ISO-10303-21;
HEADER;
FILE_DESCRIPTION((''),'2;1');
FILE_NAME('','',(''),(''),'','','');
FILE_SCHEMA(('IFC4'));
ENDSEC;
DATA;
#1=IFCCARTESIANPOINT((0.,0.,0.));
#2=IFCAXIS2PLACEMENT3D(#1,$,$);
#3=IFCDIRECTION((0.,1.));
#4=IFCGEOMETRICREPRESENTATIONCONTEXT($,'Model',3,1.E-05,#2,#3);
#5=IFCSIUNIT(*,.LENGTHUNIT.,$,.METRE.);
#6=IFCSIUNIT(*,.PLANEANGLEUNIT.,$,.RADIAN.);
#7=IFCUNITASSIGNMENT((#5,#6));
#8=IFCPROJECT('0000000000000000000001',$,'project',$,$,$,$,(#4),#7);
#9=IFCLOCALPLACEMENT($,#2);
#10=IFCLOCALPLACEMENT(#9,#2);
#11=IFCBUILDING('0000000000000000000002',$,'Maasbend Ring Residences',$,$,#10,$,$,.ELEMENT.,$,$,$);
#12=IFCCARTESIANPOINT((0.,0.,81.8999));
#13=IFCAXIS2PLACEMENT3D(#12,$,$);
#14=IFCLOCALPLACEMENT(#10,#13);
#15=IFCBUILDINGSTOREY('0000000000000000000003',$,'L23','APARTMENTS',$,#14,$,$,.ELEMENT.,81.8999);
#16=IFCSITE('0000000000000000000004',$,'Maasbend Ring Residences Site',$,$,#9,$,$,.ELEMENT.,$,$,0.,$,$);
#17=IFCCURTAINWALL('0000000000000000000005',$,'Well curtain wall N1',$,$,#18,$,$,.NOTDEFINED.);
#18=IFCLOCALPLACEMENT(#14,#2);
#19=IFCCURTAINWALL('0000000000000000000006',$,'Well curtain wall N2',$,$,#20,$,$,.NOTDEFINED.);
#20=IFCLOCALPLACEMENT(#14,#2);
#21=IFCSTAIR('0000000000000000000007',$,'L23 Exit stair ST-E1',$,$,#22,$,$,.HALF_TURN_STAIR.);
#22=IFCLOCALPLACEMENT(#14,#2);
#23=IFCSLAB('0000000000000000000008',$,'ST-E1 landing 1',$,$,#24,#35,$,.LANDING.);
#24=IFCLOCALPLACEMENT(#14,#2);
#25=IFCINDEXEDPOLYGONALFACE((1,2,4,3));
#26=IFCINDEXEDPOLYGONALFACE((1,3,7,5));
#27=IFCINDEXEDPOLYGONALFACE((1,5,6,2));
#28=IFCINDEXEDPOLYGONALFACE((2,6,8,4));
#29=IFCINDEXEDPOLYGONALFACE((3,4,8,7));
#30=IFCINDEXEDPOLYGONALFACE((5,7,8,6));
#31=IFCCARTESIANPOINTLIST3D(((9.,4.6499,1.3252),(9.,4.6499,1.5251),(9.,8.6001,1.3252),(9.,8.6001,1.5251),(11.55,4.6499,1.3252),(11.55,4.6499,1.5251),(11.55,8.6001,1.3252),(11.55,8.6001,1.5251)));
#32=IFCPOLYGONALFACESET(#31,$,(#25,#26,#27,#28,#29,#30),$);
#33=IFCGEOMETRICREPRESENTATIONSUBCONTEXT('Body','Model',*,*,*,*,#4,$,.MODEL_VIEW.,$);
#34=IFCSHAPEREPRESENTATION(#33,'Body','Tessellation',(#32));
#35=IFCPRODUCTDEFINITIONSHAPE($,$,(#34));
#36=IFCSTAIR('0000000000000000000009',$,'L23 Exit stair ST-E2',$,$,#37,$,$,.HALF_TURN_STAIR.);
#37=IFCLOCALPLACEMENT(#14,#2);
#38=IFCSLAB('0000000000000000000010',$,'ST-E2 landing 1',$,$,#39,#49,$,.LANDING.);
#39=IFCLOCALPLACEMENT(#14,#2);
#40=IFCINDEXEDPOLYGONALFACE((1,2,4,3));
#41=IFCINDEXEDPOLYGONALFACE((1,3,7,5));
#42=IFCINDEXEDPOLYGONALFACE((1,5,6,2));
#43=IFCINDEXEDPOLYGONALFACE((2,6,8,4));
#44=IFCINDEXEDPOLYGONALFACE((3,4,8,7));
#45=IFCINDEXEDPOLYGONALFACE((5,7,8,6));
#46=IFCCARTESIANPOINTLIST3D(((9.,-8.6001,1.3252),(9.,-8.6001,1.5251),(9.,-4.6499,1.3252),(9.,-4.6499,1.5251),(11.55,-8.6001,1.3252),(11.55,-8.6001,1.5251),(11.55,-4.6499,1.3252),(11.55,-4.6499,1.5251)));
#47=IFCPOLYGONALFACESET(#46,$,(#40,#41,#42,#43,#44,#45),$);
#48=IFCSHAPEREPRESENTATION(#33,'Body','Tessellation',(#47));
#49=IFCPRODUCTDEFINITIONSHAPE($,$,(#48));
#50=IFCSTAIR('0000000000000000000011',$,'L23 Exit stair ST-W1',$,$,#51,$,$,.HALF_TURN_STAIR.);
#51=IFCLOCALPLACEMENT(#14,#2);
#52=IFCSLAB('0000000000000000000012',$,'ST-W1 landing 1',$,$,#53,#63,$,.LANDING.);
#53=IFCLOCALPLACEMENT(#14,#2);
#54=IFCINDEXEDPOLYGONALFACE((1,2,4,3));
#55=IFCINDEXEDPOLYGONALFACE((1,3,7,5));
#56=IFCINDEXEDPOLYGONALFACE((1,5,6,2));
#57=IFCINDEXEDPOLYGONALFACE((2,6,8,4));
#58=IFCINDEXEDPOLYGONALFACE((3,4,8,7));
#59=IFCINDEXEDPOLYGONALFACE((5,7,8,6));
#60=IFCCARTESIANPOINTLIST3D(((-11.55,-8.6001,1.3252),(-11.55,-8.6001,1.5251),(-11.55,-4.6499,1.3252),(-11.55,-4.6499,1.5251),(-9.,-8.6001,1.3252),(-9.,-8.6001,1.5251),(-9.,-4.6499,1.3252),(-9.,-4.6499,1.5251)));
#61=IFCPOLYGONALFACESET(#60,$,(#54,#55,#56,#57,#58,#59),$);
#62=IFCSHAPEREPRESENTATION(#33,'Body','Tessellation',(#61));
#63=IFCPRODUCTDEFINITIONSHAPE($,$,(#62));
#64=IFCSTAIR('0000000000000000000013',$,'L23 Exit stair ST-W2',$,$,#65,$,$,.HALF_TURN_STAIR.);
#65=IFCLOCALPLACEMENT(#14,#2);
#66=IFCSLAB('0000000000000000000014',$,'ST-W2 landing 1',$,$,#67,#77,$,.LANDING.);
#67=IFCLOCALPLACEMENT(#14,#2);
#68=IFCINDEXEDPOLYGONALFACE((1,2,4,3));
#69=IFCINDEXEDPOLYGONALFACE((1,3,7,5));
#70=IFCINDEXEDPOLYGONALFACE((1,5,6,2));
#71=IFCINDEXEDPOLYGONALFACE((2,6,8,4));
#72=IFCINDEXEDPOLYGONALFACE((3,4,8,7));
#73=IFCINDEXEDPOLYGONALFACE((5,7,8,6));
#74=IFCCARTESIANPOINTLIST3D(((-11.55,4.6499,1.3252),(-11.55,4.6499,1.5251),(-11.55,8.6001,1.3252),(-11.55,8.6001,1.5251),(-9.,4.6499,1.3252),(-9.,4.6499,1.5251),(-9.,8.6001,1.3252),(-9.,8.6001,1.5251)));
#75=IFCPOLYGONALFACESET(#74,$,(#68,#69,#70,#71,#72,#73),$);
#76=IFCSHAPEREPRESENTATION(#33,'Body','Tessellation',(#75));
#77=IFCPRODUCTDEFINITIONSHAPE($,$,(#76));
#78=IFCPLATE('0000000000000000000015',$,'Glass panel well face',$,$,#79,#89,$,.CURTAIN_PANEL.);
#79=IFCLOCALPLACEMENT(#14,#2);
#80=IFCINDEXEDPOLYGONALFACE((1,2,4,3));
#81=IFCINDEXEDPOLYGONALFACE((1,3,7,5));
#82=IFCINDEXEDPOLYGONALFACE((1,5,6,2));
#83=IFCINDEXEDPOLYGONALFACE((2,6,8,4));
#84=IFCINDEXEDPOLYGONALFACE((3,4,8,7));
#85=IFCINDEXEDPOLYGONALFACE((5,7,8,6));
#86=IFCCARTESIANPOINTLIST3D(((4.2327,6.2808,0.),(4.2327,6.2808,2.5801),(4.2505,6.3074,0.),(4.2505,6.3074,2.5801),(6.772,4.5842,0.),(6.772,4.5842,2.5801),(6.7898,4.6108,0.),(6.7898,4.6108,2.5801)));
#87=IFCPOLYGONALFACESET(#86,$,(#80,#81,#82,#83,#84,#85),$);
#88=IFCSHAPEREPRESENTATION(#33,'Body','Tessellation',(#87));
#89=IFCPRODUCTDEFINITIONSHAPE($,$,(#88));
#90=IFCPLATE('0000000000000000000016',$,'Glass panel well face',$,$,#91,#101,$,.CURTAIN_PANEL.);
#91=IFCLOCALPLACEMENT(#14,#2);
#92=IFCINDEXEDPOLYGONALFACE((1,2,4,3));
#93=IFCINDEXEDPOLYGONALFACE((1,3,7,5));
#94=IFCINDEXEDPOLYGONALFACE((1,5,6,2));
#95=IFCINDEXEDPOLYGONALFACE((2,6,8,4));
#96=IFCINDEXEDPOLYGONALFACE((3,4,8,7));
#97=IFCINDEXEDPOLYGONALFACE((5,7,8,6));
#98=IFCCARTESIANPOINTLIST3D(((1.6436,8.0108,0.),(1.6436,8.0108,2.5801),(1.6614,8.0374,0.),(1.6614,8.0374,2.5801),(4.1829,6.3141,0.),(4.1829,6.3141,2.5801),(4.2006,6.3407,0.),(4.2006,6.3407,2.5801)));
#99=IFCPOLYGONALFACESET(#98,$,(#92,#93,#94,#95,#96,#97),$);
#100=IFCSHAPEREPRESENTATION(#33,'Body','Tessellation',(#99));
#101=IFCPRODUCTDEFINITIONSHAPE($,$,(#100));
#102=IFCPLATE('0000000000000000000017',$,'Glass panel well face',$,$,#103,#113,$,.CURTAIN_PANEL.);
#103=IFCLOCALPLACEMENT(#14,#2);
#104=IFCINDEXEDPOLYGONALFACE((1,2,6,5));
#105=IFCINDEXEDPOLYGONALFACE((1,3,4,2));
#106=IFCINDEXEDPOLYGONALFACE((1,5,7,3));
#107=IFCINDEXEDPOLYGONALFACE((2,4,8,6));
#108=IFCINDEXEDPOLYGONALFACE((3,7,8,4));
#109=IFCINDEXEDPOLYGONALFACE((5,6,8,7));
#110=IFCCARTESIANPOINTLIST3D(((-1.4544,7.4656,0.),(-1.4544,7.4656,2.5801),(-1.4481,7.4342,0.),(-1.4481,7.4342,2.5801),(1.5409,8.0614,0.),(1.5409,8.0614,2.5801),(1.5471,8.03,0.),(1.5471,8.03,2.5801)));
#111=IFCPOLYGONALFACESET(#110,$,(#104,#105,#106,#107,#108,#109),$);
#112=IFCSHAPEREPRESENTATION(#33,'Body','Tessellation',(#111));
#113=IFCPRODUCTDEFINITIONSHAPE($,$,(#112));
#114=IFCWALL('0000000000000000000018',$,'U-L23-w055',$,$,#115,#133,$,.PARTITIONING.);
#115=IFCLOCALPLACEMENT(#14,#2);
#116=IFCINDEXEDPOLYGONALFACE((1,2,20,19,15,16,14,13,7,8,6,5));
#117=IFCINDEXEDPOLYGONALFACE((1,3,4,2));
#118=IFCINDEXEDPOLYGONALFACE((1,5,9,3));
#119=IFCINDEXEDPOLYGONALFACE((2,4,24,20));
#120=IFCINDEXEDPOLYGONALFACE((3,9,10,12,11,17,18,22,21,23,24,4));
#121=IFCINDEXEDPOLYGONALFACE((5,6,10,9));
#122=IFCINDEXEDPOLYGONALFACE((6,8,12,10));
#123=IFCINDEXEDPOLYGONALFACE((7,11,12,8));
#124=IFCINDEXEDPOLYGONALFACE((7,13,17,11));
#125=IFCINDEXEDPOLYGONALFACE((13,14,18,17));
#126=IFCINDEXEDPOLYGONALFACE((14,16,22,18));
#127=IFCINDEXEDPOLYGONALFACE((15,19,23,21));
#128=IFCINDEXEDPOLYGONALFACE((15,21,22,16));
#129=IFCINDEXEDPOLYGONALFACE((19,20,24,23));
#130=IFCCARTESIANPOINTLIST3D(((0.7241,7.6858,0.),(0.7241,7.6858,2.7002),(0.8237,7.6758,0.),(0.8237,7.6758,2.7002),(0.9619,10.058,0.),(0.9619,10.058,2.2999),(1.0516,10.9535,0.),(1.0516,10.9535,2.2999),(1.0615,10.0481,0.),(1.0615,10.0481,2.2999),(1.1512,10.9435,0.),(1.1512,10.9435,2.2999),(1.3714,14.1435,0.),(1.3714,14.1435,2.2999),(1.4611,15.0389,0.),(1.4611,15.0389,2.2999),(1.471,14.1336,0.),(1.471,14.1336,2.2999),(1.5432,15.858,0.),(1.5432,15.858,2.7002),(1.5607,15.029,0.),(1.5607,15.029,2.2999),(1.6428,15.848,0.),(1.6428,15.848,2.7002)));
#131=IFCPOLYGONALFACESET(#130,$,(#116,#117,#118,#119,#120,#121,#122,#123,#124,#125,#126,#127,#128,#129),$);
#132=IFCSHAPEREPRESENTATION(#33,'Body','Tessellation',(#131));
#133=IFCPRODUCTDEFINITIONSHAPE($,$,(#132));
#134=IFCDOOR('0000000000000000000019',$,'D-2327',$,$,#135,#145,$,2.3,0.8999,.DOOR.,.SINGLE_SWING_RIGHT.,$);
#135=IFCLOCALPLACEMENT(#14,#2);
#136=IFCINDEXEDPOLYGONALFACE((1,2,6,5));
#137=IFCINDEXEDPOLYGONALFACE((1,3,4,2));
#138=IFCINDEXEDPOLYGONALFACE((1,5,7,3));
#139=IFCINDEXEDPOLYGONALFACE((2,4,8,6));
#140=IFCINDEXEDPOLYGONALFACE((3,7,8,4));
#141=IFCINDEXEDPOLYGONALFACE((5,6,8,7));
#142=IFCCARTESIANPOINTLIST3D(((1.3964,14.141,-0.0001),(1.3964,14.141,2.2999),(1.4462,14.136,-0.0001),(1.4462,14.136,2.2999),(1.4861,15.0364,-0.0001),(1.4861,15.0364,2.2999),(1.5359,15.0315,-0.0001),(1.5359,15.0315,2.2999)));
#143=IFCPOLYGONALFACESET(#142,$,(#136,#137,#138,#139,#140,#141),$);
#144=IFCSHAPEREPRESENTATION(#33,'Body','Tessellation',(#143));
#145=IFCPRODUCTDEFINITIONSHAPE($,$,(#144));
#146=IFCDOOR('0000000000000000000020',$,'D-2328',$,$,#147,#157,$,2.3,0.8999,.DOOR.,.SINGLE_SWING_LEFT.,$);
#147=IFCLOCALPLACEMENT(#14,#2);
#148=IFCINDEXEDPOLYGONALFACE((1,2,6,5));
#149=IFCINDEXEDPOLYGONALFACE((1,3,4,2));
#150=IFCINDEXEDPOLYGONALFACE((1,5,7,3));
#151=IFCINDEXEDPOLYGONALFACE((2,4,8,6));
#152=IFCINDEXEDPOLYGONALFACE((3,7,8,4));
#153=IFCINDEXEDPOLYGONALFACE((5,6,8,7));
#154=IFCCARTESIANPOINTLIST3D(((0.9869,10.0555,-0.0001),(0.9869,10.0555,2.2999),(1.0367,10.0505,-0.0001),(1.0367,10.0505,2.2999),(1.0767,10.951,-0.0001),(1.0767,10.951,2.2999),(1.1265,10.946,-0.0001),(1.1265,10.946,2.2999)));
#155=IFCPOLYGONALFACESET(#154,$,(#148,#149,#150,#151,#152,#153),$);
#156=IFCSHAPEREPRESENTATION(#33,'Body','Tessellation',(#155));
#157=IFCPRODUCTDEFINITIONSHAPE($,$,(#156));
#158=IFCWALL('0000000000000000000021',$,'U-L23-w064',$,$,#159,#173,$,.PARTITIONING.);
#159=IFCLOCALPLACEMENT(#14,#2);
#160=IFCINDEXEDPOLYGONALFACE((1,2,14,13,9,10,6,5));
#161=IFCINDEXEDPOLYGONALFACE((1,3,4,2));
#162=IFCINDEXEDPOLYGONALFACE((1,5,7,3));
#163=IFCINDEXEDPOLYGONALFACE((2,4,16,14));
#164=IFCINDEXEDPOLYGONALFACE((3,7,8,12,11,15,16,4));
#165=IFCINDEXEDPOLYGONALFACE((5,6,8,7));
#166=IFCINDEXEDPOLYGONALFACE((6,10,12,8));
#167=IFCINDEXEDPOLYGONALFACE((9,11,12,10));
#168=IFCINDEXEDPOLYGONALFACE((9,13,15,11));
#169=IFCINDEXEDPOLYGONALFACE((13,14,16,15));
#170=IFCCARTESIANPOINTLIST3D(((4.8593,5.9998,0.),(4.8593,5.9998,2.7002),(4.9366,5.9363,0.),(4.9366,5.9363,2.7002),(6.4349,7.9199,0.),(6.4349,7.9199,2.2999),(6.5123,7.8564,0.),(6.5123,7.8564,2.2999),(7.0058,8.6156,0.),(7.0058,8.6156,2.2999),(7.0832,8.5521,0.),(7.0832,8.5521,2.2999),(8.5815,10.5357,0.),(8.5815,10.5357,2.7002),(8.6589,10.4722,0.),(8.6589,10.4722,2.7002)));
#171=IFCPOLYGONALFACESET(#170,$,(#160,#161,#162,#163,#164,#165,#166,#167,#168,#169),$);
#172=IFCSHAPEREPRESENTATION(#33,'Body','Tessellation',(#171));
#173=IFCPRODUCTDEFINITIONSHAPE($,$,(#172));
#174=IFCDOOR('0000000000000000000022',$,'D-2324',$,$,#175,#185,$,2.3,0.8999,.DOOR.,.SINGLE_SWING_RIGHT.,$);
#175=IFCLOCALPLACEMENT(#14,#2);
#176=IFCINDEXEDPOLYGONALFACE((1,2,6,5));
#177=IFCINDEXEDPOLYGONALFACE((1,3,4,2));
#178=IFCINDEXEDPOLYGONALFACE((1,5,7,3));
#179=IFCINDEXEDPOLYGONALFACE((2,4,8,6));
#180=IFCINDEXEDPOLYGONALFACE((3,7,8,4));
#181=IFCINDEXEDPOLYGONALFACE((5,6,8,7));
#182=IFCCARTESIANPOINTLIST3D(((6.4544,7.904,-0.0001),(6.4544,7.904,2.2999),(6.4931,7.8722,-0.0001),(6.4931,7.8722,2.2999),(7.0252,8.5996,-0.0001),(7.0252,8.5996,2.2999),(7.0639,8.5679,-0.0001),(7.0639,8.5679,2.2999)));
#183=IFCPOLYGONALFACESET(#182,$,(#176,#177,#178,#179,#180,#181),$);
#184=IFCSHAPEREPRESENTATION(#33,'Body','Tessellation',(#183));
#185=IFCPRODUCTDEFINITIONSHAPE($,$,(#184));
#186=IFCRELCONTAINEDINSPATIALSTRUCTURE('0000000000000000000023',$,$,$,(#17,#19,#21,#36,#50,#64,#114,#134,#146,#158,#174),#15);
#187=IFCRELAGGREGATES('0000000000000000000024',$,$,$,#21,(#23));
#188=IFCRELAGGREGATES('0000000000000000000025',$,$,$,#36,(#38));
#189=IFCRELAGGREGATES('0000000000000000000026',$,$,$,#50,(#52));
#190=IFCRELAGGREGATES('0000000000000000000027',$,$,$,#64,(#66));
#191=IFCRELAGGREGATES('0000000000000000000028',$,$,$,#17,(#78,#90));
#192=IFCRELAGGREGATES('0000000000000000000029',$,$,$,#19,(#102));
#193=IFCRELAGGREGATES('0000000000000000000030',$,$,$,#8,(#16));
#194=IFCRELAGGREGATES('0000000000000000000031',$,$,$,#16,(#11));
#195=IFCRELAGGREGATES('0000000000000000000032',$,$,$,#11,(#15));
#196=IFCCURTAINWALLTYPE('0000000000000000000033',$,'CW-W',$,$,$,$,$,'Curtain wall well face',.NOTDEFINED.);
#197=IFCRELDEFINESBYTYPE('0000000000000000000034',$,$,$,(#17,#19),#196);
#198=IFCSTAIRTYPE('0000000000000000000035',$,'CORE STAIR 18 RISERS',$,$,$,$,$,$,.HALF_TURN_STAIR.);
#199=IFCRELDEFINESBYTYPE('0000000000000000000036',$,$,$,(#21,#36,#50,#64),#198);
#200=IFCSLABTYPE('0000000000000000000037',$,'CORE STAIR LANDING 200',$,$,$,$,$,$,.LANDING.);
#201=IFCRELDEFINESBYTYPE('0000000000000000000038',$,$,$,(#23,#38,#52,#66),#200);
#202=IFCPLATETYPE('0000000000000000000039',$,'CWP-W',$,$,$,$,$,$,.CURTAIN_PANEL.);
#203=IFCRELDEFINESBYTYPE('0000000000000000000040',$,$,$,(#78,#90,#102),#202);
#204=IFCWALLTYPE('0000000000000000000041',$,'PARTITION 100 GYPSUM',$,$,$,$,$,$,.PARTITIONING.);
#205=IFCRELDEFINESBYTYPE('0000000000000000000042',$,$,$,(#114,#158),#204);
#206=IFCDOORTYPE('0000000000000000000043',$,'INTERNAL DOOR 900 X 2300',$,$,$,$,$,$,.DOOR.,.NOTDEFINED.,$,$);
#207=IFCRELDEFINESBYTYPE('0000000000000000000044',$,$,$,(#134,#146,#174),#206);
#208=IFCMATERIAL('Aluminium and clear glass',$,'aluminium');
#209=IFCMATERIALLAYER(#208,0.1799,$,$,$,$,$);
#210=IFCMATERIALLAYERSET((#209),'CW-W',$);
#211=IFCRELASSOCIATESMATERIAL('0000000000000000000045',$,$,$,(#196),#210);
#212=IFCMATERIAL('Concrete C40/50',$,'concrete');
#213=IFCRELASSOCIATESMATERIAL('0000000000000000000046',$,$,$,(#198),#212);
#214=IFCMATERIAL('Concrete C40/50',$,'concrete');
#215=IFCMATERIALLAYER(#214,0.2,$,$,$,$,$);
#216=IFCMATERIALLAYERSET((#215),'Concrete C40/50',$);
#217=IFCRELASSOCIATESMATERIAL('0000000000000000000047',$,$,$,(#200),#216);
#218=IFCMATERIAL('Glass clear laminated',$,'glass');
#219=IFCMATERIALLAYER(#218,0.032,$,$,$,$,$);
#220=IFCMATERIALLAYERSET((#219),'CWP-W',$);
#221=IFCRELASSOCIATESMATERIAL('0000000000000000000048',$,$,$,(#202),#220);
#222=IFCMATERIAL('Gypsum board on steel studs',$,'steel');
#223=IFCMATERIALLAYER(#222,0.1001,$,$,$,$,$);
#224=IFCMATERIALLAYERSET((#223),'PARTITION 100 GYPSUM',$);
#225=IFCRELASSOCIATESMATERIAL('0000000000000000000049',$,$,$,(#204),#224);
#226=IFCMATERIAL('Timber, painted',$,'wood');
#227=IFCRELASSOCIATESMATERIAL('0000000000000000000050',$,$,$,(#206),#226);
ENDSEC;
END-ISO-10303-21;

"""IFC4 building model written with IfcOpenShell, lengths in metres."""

from ifc_helpers import new_model, si_unit, direction, frame, frame_2d, origin, origin_2d, place, context, subcontext, project, spatial, polyline, rectangle, outline, extrude, material, layer, layer_set, type_object, element, fill, aggregate, save


model = new_model("IFC4")

# Units and contexts
model_context = context("Model", 3, precision=1e-05, world=origin(), true_north=direction((0.0, 1.0)))
body_context = subcontext(model_context, "Body", "Model", "MODEL_VIEW")
ifc_project = project(units=[si_unit("LENGTHUNIT", "METRE"), si_unit("PLANEANGLEUNIT", "RADIAN")], contexts=[model_context])

# Site, building, storey
site_placement = place(None, origin())
site = spatial("IfcSite", under=ifc_project, at=site_placement, Name="Maasbend Ring Residences Site", CompositionType="ELEMENT", RefElevation=0.0)
building_placement = place(site_placement, origin())
building = spatial("IfcBuilding", under=site, at=building_placement, Name="Maasbend Ring Residences", CompositionType="ELEMENT")
storey_placement = place(building_placement, frame((0.0, 0.0, 81.8999)))
storey = spatial("IfcBuildingStorey", under=building, at=storey_placement, Name="L23", Description="APARTMENTS", CompositionType="ELEMENT", Elevation=81.8999)

# Curtain wall
ifc_material_1 = material(Name="Aluminium and clear glass", Category="aluminium")
ifc_layer_1 = layer(ifc_material_1, 0.1799)
ifc_layer_set_1 = layer_set([ifc_layer_1], Name="CW-W")
curtain_wall_type = type_object("IfcCurtainWallType", Name="CW-W", ElementType="Curtain wall well face", PredefinedType="NOTDEFINED", material=ifc_layer_set_1)
curtain_wall_1_placement = place(storey_placement, origin())
curtain_wall_1 = element("IfcCurtainWall", 1, at=curtain_wall_1_placement, inside=storey, type_object=curtain_wall_type, Name="Well curtain wall N1", PredefinedType="NOTDEFINED")

# Curtain wall
curtain_wall_2_placement = place(storey_placement, origin())
curtain_wall_2 = element("IfcCurtainWall", 2, at=curtain_wall_2_placement, inside=storey, type_object=curtain_wall_type, Name="Well curtain wall N2", PredefinedType="NOTDEFINED")

# Stairs, slabs
ifc_material_2 = material(Name="Concrete C40/50", Category="concrete")
stair_type = type_object("IfcStairType", Name="CORE STAIR 18 RISERS", PredefinedType="HALF_TURN_STAIR", material=ifc_material_2)
stair_1_placement = place(storey_placement, origin())
stair_1 = element("IfcStair", 3, at=stair_1_placement, inside=storey, type_object=stair_type, Name="L23 Exit stair ST-E1", PredefinedType="HALF_TURN_STAIR")
ifc_material_3 = material(Name="Concrete C40/50", Category="concrete")
ifc_layer_2 = layer(ifc_material_3, 0.2)
ifc_layer_set_2 = layer_set([ifc_layer_2], Name="Concrete C40/50")
slab_type = type_object("IfcSlabType", Name="CORE STAIR LANDING 200", PredefinedType="LANDING", material=ifc_layer_set_2)
slab_1_placement = place(storey_placement, frame((0.0, 0.0, 1.3252)))
slab_1 = element("IfcSlab", 4, at=slab_1_placement, type_object=slab_type, Name="ST-E1 landing 1", PredefinedType="LANDING", context=body_context, shape_type="SweptSolid", body=[
    extrude(outline(polyline([(11.55, 8.6001), (9.0, 8.6001), (9.0, 4.6499), (11.55, 4.6499), (11.55, 8.6001)])), origin(), (0.0, 0.0, 1.0), 0.2),
])
aggregate(stair_1, [slab_1])
stair_2_placement = place(storey_placement, origin())
stair_2 = element("IfcStair", 5, at=stair_2_placement, inside=storey, type_object=stair_type, Name="L23 Exit stair ST-E2", PredefinedType="HALF_TURN_STAIR")
slab_2_placement = place(storey_placement, frame((0.0, 0.0, 1.3252)))
slab_2 = element("IfcSlab", 6, at=slab_2_placement, type_object=slab_type, Name="ST-E2 landing 1", PredefinedType="LANDING", context=body_context, shape_type="SweptSolid", body=[
    extrude(outline(polyline([(11.55, -4.6499), (9.0, -4.6499), (9.0, -8.6001), (11.55, -8.6001), (11.55, -4.6499)])), origin(), (0.0, 0.0, 1.0), 0.2),
])
aggregate(stair_2, [slab_2])
stair_3_placement = place(storey_placement, origin())
stair_3 = element("IfcStair", 7, at=stair_3_placement, inside=storey, type_object=stair_type, Name="L23 Exit stair ST-W1", PredefinedType="HALF_TURN_STAIR")
slab_3_placement = place(storey_placement, frame((0.0, 0.0, 1.3252)))
slab_3 = element("IfcSlab", 8, at=slab_3_placement, type_object=slab_type, Name="ST-W1 landing 1", PredefinedType="LANDING", context=body_context, shape_type="SweptSolid", body=[
    extrude(outline(polyline([(-11.55, -8.6001), (-9.0, -8.6001), (-9.0, -4.6499), (-11.55, -4.6499), (-11.55, -8.6001)])), origin(), (0.0, 0.0, 1.0), 0.2),
])
aggregate(stair_3, [slab_3])
stair_4_placement = place(storey_placement, origin())
stair_4 = element("IfcStair", 9, at=stair_4_placement, inside=storey, type_object=stair_type, Name="L23 Exit stair ST-W2", PredefinedType="HALF_TURN_STAIR")
slab_4_placement = place(storey_placement, frame((0.0, 0.0, 1.3252)))
slab_4 = element("IfcSlab", 10, at=slab_4_placement, type_object=slab_type, Name="ST-W2 landing 1", PredefinedType="LANDING", context=body_context, shape_type="SweptSolid", body=[
    extrude(outline(polyline([(-11.55, 4.6499), (-9.0, 4.6499), (-9.0, 8.6001), (-11.55, 8.6001), (-11.55, 4.6499)])), origin(), (0.0, 0.0, 1.0), 0.2),
])
aggregate(stair_4, [slab_4])

# Plates
ifc_material_4 = material(Name="Glass clear laminated", Category="glass")
ifc_layer_3 = layer(ifc_material_4, 0.032)
ifc_layer_set_3 = layer_set([ifc_layer_3], Name="CWP-W")
plate_type = type_object("IfcPlateType", Name="CWP-W", PredefinedType="CURTAIN_PANEL", material=ifc_layer_set_3)
plate_1_placement = place(storey_placement, frame((5.5112, 5.4458, 0.0), z_axis=(0.0, 0.0, 1.0), x_axis=(-0.83147, 0.55557, 0.0)))
plate_1 = element("IfcPlate", 11, at=plate_1_placement, type_object=plate_type, Name="Glass panel well face", PredefinedType="CURTAIN_PANEL", context=body_context, shape_type="SweptSolid", body=[
    extrude(rectangle(XDim=3.054, YDim=0.032, at=origin_2d()), origin(), (0.0, 0.0, 1.0), 2.5801),
])
plate_2_placement = place(storey_placement, frame((2.9221, 7.1758, 0.0), z_axis=(0.0, 0.0, 1.0), x_axis=(-0.83147, 0.55557, 0.0)))
plate_2 = element("IfcPlate", 12, at=plate_2_placement, type_object=plate_type, Name="Glass panel well face", PredefinedType="CURTAIN_PANEL", context=body_context, shape_type="SweptSolid", body=[
    extrude(rectangle(XDim=3.054, YDim=0.032, at=origin_2d()), origin(), (0.0, 0.0, 1.0), 2.5801),
])
aggregate(curtain_wall_1, [plate_1, plate_2])
plate_3_placement = place(storey_placement, frame((0.0464, 7.7478, 0.0), z_axis=(0.0, 0.0, 1.0), x_axis=(-0.980785, -0.19509, 0.0)))
plate_3 = element("IfcPlate", 13, at=plate_3_placement, type_object=plate_type, Name="Glass panel well face", PredefinedType="CURTAIN_PANEL", context=body_context, shape_type="SweptSolid", body=[
    extrude(rectangle(XDim=3.054, YDim=0.032, at=origin_2d()), origin(), (0.0, 0.0, 1.0), 2.5801),
])
aggregate(curtain_wall_2, [plate_3])

# Wall, openings, doors
ifc_material_5 = material(Name="Gypsum board on steel studs", Category="steel")
ifc_layer_4 = layer(ifc_material_5, 0.1001)
ifc_layer_set_4 = layer_set([ifc_layer_4], Name="PARTITION 100 GYPSUM")
wall_type_1 = type_object("IfcWallType", Name="PARTITION 100 GYPSUM", PredefinedType="PARTITIONING", material=ifc_layer_set_4)
wall_1_placement = place(storey_placement, frame((0.7739, 7.6809, 0.0), z_axis=(0.0, 0.0, 1.0), x_axis=(0.09973, 0.995015, 0.0)))
wall_1 = element("IfcWall", 14, at=wall_1_placement, inside=storey, type_object=wall_type_1, Name="U-L23-w055", PredefinedType="PARTITIONING", context=body_context, shape_type="SweptSolid", body=[
    extrude(rectangle(XDim=8.2131, YDim=0.1001, at=frame_2d((4.1064, 0.0))), origin(), (0.0, 0.0, 1.0), 2.7002),
])
opening_1_placement = place(wall_1_placement, frame((6.49, 0.0, 0.0)))
opening_1 = element("IfcOpeningElement", 15, at=opening_1_placement, cuts=wall_1, PredefinedType="OPENING", context=body_context, shape_type="SweptSolid", body=[
    extrude(rectangle(XDim=0.8999, YDim=2.3, at=frame_2d((0.45, 1.1499))), frame((0.0, 0.0601, 0.0), z_axis=(0.0, -1.0, 0.0), x_axis=(1.0, 0.0, 0.0)), (0.0, 0.0, 1.0), 0.1201),
])
opening_2_placement = place(wall_1_placement, frame((2.384, 0.0, 0.0)))
opening_2 = element("IfcOpeningElement", 16, at=opening_2_placement, cuts=wall_1, PredefinedType="OPENING", context=body_context, shape_type="SweptSolid", body=[
    extrude(rectangle(XDim=0.8999, YDim=2.3, at=frame_2d((0.45, 1.1499))), frame((0.0, 0.0601, 0.0), z_axis=(0.0, -1.0, 0.0), x_axis=(1.0, 0.0, 0.0)), (0.0, 0.0, 1.0), 0.1201),
])
ifc_material_6 = material(Name="Timber, painted", Category="wood")
door_type = type_object("IfcDoorType", Name="INTERNAL DOOR 900 X 2300", OperationType="NOTDEFINED", PredefinedType="DOOR", material=ifc_material_6)
door_1_placement = place(opening_1_placement, origin())
door_1 = element("IfcDoor", 17, at=door_1_placement, inside=storey, type_object=door_type, Name="D-2327", OperationType="SINGLE_SWING_RIGHT", OverallHeight=2.3, OverallWidth=0.8999, PredefinedType="DOOR", context=body_context, shape_type="SweptSolid", body=[
    extrude(rectangle(XDim=0.8999, YDim=2.3, at=frame_2d((0.45, 1.1499))), frame((0.0, 0.0249, 0.0), z_axis=(0.0, -1.0, 0.0), x_axis=(1.0, 0.0, 0.0)), (0.0, 0.0, 1.0), 0.05),
])
fill(opening_1, door_1)
door_2_placement = place(opening_2_placement, origin())
door_2 = element("IfcDoor", 18, at=door_2_placement, inside=storey, type_object=door_type, Name="D-2328", OperationType="SINGLE_SWING_LEFT", OverallHeight=2.3, OverallWidth=0.8999, PredefinedType="DOOR", context=body_context, shape_type="SweptSolid", body=[
    extrude(rectangle(XDim=0.8999, YDim=2.3, at=frame_2d((0.45, 1.1499))), frame((0.0, 0.0249, 0.0), z_axis=(0.0, -1.0, 0.0), x_axis=(1.0, 0.0, 0.0)), (0.0, 0.0, 1.0), 0.05),
])
fill(opening_2, door_2)

# Wall, opening, door
wall_2_placement = place(storey_placement, frame((4.8979, 5.968, 0.0), z_axis=(0.0, 0.0, 1.0), x_axis=(0.634359, 0.773039, 0.0)))
wall_2 = element("IfcWall", 19, at=wall_2_placement, inside=storey, type_object=wall_type_1, Name="U-L23-w064", PredefinedType="PARTITIONING", context=body_context, shape_type="SweptSolid", body=[
    extrude(rectangle(XDim=5.8677, YDim=0.1001, at=frame_2d((2.9338, 0.0))), origin(), (0.0, 0.0, 1.0), 2.7002),
])
opening_3_placement = place(wall_2_placement, frame((2.4839, 0.0, 0.0)))
opening_3 = element("IfcOpeningElement", 20, at=opening_3_placement, cuts=wall_2, PredefinedType="OPENING", context=body_context, shape_type="SweptSolid", body=[
    extrude(rectangle(XDim=0.8999, YDim=2.3, at=frame_2d((0.45, 1.1499))), frame((0.0, 0.0601, 0.0), z_axis=(0.0, -1.0, 0.0), x_axis=(1.0, 0.0, 0.0)), (0.0, 0.0, 1.0), 0.1201),
])
door_3_placement = place(opening_3_placement, origin())
door_3 = element("IfcDoor", 21, at=door_3_placement, inside=storey, type_object=door_type, Name="D-2324", OperationType="SINGLE_SWING_RIGHT", OverallHeight=2.3, OverallWidth=0.8999, PredefinedType="DOOR", context=body_context, shape_type="SweptSolid", body=[
    extrude(rectangle(XDim=0.8999, YDim=2.3, at=frame_2d((0.45, 1.1499))), frame((0.0, 0.0249, 0.0), z_axis=(0.0, -1.0, 0.0), x_axis=(1.0, 0.0, 0.0)), (0.0, 0.0, 1.0), 0.05),
])
fill(opening_3, door_3)

save(model, "model.ifc")
